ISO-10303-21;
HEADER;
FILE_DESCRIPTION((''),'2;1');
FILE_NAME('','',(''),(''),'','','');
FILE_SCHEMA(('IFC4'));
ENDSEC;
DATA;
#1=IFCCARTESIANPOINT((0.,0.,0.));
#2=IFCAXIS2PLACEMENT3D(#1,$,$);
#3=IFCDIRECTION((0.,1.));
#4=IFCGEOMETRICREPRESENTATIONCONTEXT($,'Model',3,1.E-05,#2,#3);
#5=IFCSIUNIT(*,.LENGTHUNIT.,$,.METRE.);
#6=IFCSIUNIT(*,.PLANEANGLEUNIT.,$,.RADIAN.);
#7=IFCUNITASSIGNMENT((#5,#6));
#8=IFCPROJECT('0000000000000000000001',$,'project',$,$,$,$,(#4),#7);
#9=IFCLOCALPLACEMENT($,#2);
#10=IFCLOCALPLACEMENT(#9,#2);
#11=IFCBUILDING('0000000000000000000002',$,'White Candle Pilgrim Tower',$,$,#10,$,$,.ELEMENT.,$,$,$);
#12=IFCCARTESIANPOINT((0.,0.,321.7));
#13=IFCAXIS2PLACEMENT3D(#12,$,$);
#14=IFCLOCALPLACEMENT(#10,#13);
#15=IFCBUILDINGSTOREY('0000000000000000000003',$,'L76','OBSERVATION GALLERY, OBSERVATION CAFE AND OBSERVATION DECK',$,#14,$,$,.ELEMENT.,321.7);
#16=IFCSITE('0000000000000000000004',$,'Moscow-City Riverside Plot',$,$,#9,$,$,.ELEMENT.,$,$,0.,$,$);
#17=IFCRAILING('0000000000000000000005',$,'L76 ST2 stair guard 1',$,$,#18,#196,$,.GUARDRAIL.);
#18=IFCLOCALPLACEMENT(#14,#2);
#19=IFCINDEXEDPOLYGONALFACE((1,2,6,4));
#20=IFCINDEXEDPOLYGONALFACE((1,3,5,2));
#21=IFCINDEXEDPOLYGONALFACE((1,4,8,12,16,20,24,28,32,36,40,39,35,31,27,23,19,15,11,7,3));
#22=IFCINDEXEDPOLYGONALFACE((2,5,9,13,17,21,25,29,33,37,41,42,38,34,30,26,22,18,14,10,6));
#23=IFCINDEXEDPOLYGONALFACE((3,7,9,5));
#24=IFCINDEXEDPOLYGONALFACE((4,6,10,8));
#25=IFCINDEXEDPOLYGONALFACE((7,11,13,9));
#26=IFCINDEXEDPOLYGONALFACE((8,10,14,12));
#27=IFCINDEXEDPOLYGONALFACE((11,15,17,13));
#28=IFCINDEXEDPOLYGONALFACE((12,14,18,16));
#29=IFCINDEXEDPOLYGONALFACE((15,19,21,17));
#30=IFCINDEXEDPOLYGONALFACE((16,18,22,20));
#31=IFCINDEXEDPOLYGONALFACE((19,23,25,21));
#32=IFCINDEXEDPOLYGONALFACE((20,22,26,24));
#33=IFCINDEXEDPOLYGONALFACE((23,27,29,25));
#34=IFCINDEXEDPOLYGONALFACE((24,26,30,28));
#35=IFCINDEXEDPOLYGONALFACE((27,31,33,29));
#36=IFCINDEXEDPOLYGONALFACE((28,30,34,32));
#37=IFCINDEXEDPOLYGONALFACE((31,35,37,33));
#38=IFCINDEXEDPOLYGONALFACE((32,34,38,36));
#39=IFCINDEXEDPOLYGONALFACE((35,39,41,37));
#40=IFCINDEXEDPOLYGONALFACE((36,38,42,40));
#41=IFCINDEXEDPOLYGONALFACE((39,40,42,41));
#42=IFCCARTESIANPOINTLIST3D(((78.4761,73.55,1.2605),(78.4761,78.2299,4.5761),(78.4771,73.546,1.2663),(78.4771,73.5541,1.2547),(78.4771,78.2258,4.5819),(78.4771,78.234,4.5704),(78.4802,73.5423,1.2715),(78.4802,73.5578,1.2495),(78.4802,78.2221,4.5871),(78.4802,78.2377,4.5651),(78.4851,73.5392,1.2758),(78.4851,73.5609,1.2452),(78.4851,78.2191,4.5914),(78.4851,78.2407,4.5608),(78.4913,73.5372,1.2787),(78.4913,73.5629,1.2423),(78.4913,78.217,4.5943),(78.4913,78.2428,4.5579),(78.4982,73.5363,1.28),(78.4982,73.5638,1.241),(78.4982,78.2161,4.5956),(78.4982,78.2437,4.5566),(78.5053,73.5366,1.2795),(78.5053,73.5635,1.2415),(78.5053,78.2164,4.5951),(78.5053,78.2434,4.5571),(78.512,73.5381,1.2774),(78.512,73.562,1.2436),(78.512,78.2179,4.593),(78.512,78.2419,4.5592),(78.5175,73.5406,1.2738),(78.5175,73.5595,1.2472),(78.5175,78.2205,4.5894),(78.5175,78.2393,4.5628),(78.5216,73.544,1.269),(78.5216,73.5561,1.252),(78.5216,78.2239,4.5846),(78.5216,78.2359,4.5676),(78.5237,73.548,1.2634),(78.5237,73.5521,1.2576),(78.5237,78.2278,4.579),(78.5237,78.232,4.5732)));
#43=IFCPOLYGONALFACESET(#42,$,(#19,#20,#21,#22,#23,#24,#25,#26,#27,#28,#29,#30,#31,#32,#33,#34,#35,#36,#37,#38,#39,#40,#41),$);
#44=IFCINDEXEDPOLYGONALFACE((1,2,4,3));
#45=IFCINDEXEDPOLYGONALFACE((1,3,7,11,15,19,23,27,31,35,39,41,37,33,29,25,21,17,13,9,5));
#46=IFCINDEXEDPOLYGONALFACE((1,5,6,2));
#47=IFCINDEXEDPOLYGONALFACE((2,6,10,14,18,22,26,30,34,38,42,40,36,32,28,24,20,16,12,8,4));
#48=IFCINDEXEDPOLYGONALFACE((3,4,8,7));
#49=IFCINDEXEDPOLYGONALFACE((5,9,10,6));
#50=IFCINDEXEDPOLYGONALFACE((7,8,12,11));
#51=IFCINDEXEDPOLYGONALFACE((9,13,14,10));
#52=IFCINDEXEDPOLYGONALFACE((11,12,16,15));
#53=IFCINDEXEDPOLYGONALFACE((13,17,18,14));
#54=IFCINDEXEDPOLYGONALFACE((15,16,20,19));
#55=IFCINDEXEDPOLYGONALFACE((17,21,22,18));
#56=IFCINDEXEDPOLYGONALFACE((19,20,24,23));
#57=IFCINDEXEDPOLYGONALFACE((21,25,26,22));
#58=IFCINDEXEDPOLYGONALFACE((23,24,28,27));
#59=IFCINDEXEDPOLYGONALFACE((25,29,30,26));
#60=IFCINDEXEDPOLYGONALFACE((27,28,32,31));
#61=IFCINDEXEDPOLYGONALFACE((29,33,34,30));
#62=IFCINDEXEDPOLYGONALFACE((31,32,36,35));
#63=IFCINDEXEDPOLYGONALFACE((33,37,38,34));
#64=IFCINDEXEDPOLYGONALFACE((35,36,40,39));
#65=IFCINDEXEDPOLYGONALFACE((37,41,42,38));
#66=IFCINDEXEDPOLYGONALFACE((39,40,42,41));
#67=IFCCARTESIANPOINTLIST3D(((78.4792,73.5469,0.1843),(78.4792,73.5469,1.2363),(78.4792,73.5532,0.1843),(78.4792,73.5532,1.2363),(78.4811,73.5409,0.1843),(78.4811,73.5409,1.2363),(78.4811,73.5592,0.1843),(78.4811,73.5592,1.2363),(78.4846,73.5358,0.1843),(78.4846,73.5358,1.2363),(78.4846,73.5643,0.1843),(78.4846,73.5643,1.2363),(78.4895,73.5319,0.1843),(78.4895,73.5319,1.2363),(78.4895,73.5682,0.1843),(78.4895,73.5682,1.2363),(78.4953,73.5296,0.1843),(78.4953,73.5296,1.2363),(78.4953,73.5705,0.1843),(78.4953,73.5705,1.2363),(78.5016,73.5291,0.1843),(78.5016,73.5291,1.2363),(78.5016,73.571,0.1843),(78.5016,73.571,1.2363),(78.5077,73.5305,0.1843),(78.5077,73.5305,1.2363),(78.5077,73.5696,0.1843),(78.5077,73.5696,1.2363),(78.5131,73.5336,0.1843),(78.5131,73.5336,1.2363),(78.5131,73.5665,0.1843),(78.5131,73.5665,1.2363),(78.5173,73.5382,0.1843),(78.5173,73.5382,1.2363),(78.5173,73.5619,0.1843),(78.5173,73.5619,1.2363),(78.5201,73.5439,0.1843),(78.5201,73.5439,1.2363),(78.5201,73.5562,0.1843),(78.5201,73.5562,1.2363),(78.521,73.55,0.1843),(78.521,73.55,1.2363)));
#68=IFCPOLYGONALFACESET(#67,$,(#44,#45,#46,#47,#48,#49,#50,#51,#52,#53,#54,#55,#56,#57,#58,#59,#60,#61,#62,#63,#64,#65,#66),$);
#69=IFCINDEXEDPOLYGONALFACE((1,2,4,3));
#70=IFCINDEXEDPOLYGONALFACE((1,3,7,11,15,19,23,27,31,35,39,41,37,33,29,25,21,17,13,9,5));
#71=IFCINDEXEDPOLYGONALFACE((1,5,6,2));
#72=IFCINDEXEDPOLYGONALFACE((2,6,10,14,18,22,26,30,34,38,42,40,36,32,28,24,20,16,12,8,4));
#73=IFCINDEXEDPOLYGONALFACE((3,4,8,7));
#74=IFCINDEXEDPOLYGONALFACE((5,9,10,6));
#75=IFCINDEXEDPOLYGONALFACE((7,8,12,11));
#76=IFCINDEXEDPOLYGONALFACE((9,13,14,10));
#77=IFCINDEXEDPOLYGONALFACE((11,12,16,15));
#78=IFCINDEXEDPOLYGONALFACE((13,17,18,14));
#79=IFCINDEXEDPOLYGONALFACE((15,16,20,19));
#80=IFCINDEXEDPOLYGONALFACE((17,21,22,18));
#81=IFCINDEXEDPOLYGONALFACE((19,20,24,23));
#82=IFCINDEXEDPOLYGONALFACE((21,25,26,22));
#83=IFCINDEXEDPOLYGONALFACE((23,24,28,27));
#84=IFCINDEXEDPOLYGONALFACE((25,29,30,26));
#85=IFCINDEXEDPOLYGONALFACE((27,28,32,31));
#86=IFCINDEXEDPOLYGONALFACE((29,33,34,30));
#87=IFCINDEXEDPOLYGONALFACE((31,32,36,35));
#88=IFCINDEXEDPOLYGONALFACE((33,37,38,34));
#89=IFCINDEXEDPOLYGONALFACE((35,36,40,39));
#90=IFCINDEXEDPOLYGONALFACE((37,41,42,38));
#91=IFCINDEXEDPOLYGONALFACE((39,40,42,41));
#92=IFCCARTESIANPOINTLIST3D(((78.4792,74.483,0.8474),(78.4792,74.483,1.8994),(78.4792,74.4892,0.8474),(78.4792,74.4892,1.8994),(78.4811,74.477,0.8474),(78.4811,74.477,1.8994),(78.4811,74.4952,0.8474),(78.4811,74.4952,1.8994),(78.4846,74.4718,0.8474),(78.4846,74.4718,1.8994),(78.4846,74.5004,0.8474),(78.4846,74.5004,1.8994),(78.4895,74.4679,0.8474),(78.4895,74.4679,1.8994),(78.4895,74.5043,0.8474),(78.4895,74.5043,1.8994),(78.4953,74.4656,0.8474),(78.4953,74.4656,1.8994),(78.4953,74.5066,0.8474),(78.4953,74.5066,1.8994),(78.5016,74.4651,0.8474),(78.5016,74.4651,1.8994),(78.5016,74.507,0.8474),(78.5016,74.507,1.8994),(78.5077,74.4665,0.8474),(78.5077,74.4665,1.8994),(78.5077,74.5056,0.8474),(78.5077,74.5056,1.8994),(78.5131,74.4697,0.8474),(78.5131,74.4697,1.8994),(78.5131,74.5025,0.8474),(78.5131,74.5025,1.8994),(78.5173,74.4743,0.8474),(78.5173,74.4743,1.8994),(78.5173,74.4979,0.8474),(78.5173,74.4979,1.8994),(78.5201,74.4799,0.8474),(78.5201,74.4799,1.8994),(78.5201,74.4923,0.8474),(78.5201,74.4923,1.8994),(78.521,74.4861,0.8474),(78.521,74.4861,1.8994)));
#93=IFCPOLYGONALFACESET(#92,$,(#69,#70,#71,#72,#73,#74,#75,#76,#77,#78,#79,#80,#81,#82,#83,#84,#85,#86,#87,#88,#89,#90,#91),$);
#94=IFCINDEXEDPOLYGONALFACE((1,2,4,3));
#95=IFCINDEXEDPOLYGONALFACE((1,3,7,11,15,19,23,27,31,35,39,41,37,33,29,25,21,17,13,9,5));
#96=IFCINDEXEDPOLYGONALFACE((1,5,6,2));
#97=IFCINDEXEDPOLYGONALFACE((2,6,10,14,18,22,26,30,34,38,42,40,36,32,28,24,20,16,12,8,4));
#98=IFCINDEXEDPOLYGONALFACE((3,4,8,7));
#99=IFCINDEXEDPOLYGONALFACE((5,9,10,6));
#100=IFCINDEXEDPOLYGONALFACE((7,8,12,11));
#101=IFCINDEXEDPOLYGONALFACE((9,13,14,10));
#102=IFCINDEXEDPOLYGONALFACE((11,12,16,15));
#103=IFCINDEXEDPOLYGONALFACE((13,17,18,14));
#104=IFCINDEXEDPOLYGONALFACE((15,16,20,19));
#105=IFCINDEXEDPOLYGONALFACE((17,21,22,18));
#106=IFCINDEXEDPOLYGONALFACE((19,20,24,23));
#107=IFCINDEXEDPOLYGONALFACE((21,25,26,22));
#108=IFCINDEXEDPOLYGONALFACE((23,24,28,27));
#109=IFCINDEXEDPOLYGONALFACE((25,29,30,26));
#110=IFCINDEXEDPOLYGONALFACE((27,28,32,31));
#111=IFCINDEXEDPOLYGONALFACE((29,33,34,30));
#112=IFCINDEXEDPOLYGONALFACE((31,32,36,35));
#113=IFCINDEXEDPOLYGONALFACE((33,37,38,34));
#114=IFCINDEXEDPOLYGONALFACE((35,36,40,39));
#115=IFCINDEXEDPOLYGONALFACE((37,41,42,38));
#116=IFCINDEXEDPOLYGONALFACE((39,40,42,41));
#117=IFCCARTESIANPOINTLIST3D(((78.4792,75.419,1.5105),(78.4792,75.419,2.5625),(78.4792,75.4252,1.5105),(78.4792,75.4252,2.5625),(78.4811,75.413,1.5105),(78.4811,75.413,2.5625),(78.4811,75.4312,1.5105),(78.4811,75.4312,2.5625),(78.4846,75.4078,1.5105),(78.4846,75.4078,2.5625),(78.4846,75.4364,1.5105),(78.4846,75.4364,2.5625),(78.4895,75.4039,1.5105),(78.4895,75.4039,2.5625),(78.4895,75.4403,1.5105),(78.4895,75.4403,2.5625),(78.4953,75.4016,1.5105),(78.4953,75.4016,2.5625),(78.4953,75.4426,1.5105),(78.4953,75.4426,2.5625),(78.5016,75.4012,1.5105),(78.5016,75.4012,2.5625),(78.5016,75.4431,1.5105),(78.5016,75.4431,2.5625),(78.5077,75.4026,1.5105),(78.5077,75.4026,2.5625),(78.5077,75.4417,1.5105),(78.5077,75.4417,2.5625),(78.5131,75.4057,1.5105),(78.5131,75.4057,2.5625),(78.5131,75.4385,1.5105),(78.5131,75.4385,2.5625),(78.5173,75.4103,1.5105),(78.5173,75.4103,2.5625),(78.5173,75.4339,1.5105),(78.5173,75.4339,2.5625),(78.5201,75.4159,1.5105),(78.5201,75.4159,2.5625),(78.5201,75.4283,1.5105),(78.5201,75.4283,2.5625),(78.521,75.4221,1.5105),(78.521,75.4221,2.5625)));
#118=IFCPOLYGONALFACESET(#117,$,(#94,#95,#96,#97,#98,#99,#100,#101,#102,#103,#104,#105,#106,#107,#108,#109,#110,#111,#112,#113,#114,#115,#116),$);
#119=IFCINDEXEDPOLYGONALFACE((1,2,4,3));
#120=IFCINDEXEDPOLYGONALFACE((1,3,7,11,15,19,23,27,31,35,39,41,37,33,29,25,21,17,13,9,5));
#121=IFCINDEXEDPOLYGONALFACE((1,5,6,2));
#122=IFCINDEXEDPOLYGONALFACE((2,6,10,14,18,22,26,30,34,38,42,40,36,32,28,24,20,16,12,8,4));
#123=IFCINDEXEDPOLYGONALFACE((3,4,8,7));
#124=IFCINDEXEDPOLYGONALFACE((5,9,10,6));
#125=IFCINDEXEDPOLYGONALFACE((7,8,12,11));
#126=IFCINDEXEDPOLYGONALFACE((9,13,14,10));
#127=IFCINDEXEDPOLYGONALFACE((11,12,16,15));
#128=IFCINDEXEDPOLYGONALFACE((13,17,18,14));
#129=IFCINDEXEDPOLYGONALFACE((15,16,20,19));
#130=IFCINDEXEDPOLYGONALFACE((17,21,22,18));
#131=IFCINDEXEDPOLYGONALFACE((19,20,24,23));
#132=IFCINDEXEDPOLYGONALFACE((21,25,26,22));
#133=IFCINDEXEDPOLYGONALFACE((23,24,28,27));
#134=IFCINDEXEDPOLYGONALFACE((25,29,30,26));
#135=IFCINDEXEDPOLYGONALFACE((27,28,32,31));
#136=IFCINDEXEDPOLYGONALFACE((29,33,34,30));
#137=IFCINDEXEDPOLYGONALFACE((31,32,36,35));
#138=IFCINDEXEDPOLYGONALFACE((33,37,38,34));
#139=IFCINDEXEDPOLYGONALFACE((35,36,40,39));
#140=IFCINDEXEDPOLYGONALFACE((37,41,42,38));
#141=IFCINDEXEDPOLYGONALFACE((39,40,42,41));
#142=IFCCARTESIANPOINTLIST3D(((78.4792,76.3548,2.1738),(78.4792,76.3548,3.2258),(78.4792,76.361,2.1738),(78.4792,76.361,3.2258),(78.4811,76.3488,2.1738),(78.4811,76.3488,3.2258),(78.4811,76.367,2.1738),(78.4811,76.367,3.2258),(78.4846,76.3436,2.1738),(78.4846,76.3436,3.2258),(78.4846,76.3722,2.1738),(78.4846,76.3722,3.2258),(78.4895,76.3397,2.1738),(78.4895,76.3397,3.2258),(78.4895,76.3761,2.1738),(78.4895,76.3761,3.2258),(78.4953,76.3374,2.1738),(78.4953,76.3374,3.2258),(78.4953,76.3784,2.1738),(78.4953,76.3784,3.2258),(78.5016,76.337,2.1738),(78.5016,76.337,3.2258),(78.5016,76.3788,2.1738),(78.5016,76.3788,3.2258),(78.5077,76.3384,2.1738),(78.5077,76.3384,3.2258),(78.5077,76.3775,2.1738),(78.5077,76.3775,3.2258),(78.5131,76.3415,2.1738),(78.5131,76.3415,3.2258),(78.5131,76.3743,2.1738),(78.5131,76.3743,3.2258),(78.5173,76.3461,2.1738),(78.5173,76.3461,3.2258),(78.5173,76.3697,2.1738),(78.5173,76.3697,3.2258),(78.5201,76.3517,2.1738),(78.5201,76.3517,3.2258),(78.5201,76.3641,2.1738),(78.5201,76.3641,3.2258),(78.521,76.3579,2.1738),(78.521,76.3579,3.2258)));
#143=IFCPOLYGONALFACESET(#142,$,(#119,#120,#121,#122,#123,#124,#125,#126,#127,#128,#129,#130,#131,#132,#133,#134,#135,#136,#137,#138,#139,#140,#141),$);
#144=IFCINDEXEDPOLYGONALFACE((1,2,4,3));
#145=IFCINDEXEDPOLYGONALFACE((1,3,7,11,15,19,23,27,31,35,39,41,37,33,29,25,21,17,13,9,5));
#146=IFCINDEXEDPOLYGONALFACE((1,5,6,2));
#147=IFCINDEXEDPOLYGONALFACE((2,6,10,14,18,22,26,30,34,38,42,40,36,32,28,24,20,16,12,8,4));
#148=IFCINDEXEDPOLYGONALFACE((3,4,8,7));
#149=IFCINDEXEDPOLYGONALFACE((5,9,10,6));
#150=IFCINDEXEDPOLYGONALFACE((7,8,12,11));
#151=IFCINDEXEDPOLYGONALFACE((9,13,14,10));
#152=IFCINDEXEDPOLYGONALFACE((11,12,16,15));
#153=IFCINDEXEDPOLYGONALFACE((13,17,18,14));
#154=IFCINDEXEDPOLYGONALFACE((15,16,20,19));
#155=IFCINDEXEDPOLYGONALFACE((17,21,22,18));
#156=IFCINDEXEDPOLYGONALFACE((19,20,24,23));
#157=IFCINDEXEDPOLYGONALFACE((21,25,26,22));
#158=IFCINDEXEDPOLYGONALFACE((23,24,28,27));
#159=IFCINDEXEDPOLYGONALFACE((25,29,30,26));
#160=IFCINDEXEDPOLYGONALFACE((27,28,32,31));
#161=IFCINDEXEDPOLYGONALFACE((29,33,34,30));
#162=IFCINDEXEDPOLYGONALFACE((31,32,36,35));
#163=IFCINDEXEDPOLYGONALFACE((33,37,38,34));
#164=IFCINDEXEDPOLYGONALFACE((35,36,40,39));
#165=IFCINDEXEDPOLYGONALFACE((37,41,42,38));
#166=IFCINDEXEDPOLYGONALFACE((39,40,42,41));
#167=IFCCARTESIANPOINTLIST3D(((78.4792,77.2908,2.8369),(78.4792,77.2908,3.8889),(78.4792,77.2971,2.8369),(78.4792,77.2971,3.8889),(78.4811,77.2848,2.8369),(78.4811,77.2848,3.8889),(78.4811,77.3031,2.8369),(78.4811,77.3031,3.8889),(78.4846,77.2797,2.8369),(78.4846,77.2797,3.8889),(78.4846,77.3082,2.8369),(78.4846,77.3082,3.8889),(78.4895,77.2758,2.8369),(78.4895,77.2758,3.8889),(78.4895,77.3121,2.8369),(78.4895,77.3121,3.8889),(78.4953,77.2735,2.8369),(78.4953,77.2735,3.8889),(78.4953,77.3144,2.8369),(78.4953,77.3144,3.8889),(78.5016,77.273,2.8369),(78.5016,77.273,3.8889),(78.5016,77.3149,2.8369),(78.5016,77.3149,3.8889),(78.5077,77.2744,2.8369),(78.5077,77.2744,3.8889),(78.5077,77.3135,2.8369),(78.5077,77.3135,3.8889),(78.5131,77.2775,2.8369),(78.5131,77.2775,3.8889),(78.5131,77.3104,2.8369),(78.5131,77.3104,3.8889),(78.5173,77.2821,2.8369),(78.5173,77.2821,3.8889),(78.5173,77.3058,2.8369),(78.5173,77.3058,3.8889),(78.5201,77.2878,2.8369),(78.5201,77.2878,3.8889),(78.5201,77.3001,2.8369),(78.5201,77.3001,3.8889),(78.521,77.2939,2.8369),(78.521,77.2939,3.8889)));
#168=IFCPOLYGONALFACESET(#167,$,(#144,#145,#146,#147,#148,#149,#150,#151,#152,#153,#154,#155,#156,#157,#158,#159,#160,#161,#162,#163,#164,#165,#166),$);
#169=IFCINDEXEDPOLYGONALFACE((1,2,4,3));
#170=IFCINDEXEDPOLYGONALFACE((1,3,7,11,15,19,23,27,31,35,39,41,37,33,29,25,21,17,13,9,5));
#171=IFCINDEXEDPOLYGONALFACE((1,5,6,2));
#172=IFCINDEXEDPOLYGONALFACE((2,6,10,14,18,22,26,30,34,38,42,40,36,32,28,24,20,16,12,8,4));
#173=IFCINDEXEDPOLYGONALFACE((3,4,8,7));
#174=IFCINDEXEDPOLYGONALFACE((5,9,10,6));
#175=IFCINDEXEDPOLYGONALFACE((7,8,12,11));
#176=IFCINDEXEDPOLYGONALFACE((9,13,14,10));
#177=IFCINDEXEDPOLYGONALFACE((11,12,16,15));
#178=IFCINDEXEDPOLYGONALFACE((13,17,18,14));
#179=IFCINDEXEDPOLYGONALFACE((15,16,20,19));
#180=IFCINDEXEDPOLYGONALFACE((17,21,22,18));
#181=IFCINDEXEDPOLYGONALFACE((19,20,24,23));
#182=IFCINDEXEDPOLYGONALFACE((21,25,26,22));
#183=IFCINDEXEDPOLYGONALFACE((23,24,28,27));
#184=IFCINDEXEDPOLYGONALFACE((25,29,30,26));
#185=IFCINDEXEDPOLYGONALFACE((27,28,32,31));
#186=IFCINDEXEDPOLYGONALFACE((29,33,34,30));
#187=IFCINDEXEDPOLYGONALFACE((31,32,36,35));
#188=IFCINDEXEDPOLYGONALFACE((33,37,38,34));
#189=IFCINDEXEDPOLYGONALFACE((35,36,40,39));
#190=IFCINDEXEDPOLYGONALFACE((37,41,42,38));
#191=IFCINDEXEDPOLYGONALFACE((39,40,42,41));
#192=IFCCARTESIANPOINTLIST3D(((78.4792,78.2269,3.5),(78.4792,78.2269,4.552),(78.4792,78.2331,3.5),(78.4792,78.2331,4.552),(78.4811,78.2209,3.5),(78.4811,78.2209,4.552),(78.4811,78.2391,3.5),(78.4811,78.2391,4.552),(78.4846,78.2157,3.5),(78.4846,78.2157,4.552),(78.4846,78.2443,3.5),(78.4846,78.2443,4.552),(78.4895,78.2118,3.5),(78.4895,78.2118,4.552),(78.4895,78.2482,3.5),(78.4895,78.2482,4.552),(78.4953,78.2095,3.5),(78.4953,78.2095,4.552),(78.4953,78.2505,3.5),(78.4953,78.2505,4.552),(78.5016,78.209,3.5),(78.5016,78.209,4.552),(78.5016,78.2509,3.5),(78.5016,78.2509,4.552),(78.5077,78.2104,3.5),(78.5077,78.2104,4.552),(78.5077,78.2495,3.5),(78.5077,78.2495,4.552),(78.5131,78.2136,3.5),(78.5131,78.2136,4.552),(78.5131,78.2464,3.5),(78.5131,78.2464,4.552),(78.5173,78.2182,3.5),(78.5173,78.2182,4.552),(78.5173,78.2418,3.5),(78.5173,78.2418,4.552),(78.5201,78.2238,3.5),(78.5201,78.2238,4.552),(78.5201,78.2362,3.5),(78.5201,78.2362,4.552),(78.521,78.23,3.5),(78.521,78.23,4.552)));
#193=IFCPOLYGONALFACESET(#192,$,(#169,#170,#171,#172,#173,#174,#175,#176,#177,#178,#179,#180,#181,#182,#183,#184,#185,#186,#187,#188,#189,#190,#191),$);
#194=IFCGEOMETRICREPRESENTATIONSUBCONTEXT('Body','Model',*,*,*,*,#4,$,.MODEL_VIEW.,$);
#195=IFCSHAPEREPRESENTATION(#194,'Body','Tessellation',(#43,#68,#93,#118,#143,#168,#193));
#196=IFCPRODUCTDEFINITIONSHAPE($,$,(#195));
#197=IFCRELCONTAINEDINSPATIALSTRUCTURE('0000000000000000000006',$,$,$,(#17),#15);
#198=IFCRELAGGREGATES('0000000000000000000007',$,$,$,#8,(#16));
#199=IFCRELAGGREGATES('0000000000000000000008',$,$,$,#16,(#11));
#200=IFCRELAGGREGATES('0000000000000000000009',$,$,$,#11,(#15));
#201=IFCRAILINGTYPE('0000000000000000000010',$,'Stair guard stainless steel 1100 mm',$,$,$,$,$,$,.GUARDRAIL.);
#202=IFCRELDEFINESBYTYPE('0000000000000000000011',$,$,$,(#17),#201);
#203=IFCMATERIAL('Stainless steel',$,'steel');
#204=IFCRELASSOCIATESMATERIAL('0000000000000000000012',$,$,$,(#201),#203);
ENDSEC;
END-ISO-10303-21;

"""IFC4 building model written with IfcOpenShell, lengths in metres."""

from ifc_helpers import new_model, si_unit, direction, frame, origin, origin_2d, place, context, subcontext, project, spatial, circle, extrude, material, type_object, element, save


model = new_model("IFC4")

# Units and contexts
model_context = context("Model", 3, precision=1e-05, world=origin(), true_north=direction((0.0, 1.0)))
body_context = subcontext(model_context, "Body", "Model", "MODEL_VIEW")
ifc_project = project(units=[si_unit("LENGTHUNIT", "METRE"), si_unit("PLANEANGLEUNIT", "RADIAN")], contexts=[model_context])

# Site, building, storey
site_placement = place(None, origin())
site = spatial("IfcSite", under=ifc_project, at=site_placement, Name="Moscow-City Riverside Plot", CompositionType="ELEMENT", RefElevation=0.0)
building_placement = place(site_placement, origin())
building = spatial("IfcBuilding", under=site, at=building_placement, Name="White Candle Pilgrim Tower", CompositionType="ELEMENT")
storey_placement = place(building_placement, frame((0.0, 0.0, 321.7)))
storey = spatial("IfcBuildingStorey", under=building, at=storey_placement, Name="L76", Description="OBSERVATION GALLERY, OBSERVATION CAFE AND OBSERVATION DECK", CompositionType="ELEMENT", Elevation=321.7)

# Railing
ifc_material_1 = material(Name="Stainless steel", Category="steel")
railing_type_1 = type_object("IfcRailingType", Name="Stair guard stainless steel 1100 mm", PredefinedType="GUARDRAIL", material=ifc_material_1)
railing_1_placement = place(storey_placement, frame((78.5, 73.55, 0.1843)))
element("IfcRailing", 1, at=railing_1_placement, inside=storey, type_object=railing_type_1, Name="L76 ST2 stair guard 1", PredefinedType="GUARDRAIL", context=body_context, shape_type="SweptSolid", body=[
    extrude(circle(Radius=0.0239, at=origin_2d()), frame((0.0, 0.0, 1.0762), z_axis=(0.0, 0.815965, 0.578101), x_axis=(-1.0, 0.0, 0.0)), (0.0, 0.0, 1.0), 5.7354),
    extrude(circle(Radius=0.021, at=origin_2d()), origin(), (0.0, 0.0, 1.0), 1.052),
    extrude(circle(Radius=0.021, at=origin_2d()), frame((0.0, 0.936, 0.6631)), (0.0, 0.0, 1.0), 1.052),
    extrude(circle(Radius=0.021, at=origin_2d()), frame((0.0, 1.8721, 1.3262)), (0.0, 0.0, 1.0), 1.052),
    extrude(circle(Radius=0.021, at=origin_2d()), frame((0.0, 2.8079, 1.9895)), (0.0, 0.0, 1.0), 1.052),
    extrude(circle(Radius=0.021, at=origin_2d()), frame((0.0, 3.7439, 2.6526)), (0.0, 0.0, 1.0), 1.052),
    extrude(circle(Radius=0.021, at=origin_2d()), frame((0.0, 4.6799, 3.3157)), (0.0, 0.0, 1.0), 1.052),
])

save(model, "model.ifc")
